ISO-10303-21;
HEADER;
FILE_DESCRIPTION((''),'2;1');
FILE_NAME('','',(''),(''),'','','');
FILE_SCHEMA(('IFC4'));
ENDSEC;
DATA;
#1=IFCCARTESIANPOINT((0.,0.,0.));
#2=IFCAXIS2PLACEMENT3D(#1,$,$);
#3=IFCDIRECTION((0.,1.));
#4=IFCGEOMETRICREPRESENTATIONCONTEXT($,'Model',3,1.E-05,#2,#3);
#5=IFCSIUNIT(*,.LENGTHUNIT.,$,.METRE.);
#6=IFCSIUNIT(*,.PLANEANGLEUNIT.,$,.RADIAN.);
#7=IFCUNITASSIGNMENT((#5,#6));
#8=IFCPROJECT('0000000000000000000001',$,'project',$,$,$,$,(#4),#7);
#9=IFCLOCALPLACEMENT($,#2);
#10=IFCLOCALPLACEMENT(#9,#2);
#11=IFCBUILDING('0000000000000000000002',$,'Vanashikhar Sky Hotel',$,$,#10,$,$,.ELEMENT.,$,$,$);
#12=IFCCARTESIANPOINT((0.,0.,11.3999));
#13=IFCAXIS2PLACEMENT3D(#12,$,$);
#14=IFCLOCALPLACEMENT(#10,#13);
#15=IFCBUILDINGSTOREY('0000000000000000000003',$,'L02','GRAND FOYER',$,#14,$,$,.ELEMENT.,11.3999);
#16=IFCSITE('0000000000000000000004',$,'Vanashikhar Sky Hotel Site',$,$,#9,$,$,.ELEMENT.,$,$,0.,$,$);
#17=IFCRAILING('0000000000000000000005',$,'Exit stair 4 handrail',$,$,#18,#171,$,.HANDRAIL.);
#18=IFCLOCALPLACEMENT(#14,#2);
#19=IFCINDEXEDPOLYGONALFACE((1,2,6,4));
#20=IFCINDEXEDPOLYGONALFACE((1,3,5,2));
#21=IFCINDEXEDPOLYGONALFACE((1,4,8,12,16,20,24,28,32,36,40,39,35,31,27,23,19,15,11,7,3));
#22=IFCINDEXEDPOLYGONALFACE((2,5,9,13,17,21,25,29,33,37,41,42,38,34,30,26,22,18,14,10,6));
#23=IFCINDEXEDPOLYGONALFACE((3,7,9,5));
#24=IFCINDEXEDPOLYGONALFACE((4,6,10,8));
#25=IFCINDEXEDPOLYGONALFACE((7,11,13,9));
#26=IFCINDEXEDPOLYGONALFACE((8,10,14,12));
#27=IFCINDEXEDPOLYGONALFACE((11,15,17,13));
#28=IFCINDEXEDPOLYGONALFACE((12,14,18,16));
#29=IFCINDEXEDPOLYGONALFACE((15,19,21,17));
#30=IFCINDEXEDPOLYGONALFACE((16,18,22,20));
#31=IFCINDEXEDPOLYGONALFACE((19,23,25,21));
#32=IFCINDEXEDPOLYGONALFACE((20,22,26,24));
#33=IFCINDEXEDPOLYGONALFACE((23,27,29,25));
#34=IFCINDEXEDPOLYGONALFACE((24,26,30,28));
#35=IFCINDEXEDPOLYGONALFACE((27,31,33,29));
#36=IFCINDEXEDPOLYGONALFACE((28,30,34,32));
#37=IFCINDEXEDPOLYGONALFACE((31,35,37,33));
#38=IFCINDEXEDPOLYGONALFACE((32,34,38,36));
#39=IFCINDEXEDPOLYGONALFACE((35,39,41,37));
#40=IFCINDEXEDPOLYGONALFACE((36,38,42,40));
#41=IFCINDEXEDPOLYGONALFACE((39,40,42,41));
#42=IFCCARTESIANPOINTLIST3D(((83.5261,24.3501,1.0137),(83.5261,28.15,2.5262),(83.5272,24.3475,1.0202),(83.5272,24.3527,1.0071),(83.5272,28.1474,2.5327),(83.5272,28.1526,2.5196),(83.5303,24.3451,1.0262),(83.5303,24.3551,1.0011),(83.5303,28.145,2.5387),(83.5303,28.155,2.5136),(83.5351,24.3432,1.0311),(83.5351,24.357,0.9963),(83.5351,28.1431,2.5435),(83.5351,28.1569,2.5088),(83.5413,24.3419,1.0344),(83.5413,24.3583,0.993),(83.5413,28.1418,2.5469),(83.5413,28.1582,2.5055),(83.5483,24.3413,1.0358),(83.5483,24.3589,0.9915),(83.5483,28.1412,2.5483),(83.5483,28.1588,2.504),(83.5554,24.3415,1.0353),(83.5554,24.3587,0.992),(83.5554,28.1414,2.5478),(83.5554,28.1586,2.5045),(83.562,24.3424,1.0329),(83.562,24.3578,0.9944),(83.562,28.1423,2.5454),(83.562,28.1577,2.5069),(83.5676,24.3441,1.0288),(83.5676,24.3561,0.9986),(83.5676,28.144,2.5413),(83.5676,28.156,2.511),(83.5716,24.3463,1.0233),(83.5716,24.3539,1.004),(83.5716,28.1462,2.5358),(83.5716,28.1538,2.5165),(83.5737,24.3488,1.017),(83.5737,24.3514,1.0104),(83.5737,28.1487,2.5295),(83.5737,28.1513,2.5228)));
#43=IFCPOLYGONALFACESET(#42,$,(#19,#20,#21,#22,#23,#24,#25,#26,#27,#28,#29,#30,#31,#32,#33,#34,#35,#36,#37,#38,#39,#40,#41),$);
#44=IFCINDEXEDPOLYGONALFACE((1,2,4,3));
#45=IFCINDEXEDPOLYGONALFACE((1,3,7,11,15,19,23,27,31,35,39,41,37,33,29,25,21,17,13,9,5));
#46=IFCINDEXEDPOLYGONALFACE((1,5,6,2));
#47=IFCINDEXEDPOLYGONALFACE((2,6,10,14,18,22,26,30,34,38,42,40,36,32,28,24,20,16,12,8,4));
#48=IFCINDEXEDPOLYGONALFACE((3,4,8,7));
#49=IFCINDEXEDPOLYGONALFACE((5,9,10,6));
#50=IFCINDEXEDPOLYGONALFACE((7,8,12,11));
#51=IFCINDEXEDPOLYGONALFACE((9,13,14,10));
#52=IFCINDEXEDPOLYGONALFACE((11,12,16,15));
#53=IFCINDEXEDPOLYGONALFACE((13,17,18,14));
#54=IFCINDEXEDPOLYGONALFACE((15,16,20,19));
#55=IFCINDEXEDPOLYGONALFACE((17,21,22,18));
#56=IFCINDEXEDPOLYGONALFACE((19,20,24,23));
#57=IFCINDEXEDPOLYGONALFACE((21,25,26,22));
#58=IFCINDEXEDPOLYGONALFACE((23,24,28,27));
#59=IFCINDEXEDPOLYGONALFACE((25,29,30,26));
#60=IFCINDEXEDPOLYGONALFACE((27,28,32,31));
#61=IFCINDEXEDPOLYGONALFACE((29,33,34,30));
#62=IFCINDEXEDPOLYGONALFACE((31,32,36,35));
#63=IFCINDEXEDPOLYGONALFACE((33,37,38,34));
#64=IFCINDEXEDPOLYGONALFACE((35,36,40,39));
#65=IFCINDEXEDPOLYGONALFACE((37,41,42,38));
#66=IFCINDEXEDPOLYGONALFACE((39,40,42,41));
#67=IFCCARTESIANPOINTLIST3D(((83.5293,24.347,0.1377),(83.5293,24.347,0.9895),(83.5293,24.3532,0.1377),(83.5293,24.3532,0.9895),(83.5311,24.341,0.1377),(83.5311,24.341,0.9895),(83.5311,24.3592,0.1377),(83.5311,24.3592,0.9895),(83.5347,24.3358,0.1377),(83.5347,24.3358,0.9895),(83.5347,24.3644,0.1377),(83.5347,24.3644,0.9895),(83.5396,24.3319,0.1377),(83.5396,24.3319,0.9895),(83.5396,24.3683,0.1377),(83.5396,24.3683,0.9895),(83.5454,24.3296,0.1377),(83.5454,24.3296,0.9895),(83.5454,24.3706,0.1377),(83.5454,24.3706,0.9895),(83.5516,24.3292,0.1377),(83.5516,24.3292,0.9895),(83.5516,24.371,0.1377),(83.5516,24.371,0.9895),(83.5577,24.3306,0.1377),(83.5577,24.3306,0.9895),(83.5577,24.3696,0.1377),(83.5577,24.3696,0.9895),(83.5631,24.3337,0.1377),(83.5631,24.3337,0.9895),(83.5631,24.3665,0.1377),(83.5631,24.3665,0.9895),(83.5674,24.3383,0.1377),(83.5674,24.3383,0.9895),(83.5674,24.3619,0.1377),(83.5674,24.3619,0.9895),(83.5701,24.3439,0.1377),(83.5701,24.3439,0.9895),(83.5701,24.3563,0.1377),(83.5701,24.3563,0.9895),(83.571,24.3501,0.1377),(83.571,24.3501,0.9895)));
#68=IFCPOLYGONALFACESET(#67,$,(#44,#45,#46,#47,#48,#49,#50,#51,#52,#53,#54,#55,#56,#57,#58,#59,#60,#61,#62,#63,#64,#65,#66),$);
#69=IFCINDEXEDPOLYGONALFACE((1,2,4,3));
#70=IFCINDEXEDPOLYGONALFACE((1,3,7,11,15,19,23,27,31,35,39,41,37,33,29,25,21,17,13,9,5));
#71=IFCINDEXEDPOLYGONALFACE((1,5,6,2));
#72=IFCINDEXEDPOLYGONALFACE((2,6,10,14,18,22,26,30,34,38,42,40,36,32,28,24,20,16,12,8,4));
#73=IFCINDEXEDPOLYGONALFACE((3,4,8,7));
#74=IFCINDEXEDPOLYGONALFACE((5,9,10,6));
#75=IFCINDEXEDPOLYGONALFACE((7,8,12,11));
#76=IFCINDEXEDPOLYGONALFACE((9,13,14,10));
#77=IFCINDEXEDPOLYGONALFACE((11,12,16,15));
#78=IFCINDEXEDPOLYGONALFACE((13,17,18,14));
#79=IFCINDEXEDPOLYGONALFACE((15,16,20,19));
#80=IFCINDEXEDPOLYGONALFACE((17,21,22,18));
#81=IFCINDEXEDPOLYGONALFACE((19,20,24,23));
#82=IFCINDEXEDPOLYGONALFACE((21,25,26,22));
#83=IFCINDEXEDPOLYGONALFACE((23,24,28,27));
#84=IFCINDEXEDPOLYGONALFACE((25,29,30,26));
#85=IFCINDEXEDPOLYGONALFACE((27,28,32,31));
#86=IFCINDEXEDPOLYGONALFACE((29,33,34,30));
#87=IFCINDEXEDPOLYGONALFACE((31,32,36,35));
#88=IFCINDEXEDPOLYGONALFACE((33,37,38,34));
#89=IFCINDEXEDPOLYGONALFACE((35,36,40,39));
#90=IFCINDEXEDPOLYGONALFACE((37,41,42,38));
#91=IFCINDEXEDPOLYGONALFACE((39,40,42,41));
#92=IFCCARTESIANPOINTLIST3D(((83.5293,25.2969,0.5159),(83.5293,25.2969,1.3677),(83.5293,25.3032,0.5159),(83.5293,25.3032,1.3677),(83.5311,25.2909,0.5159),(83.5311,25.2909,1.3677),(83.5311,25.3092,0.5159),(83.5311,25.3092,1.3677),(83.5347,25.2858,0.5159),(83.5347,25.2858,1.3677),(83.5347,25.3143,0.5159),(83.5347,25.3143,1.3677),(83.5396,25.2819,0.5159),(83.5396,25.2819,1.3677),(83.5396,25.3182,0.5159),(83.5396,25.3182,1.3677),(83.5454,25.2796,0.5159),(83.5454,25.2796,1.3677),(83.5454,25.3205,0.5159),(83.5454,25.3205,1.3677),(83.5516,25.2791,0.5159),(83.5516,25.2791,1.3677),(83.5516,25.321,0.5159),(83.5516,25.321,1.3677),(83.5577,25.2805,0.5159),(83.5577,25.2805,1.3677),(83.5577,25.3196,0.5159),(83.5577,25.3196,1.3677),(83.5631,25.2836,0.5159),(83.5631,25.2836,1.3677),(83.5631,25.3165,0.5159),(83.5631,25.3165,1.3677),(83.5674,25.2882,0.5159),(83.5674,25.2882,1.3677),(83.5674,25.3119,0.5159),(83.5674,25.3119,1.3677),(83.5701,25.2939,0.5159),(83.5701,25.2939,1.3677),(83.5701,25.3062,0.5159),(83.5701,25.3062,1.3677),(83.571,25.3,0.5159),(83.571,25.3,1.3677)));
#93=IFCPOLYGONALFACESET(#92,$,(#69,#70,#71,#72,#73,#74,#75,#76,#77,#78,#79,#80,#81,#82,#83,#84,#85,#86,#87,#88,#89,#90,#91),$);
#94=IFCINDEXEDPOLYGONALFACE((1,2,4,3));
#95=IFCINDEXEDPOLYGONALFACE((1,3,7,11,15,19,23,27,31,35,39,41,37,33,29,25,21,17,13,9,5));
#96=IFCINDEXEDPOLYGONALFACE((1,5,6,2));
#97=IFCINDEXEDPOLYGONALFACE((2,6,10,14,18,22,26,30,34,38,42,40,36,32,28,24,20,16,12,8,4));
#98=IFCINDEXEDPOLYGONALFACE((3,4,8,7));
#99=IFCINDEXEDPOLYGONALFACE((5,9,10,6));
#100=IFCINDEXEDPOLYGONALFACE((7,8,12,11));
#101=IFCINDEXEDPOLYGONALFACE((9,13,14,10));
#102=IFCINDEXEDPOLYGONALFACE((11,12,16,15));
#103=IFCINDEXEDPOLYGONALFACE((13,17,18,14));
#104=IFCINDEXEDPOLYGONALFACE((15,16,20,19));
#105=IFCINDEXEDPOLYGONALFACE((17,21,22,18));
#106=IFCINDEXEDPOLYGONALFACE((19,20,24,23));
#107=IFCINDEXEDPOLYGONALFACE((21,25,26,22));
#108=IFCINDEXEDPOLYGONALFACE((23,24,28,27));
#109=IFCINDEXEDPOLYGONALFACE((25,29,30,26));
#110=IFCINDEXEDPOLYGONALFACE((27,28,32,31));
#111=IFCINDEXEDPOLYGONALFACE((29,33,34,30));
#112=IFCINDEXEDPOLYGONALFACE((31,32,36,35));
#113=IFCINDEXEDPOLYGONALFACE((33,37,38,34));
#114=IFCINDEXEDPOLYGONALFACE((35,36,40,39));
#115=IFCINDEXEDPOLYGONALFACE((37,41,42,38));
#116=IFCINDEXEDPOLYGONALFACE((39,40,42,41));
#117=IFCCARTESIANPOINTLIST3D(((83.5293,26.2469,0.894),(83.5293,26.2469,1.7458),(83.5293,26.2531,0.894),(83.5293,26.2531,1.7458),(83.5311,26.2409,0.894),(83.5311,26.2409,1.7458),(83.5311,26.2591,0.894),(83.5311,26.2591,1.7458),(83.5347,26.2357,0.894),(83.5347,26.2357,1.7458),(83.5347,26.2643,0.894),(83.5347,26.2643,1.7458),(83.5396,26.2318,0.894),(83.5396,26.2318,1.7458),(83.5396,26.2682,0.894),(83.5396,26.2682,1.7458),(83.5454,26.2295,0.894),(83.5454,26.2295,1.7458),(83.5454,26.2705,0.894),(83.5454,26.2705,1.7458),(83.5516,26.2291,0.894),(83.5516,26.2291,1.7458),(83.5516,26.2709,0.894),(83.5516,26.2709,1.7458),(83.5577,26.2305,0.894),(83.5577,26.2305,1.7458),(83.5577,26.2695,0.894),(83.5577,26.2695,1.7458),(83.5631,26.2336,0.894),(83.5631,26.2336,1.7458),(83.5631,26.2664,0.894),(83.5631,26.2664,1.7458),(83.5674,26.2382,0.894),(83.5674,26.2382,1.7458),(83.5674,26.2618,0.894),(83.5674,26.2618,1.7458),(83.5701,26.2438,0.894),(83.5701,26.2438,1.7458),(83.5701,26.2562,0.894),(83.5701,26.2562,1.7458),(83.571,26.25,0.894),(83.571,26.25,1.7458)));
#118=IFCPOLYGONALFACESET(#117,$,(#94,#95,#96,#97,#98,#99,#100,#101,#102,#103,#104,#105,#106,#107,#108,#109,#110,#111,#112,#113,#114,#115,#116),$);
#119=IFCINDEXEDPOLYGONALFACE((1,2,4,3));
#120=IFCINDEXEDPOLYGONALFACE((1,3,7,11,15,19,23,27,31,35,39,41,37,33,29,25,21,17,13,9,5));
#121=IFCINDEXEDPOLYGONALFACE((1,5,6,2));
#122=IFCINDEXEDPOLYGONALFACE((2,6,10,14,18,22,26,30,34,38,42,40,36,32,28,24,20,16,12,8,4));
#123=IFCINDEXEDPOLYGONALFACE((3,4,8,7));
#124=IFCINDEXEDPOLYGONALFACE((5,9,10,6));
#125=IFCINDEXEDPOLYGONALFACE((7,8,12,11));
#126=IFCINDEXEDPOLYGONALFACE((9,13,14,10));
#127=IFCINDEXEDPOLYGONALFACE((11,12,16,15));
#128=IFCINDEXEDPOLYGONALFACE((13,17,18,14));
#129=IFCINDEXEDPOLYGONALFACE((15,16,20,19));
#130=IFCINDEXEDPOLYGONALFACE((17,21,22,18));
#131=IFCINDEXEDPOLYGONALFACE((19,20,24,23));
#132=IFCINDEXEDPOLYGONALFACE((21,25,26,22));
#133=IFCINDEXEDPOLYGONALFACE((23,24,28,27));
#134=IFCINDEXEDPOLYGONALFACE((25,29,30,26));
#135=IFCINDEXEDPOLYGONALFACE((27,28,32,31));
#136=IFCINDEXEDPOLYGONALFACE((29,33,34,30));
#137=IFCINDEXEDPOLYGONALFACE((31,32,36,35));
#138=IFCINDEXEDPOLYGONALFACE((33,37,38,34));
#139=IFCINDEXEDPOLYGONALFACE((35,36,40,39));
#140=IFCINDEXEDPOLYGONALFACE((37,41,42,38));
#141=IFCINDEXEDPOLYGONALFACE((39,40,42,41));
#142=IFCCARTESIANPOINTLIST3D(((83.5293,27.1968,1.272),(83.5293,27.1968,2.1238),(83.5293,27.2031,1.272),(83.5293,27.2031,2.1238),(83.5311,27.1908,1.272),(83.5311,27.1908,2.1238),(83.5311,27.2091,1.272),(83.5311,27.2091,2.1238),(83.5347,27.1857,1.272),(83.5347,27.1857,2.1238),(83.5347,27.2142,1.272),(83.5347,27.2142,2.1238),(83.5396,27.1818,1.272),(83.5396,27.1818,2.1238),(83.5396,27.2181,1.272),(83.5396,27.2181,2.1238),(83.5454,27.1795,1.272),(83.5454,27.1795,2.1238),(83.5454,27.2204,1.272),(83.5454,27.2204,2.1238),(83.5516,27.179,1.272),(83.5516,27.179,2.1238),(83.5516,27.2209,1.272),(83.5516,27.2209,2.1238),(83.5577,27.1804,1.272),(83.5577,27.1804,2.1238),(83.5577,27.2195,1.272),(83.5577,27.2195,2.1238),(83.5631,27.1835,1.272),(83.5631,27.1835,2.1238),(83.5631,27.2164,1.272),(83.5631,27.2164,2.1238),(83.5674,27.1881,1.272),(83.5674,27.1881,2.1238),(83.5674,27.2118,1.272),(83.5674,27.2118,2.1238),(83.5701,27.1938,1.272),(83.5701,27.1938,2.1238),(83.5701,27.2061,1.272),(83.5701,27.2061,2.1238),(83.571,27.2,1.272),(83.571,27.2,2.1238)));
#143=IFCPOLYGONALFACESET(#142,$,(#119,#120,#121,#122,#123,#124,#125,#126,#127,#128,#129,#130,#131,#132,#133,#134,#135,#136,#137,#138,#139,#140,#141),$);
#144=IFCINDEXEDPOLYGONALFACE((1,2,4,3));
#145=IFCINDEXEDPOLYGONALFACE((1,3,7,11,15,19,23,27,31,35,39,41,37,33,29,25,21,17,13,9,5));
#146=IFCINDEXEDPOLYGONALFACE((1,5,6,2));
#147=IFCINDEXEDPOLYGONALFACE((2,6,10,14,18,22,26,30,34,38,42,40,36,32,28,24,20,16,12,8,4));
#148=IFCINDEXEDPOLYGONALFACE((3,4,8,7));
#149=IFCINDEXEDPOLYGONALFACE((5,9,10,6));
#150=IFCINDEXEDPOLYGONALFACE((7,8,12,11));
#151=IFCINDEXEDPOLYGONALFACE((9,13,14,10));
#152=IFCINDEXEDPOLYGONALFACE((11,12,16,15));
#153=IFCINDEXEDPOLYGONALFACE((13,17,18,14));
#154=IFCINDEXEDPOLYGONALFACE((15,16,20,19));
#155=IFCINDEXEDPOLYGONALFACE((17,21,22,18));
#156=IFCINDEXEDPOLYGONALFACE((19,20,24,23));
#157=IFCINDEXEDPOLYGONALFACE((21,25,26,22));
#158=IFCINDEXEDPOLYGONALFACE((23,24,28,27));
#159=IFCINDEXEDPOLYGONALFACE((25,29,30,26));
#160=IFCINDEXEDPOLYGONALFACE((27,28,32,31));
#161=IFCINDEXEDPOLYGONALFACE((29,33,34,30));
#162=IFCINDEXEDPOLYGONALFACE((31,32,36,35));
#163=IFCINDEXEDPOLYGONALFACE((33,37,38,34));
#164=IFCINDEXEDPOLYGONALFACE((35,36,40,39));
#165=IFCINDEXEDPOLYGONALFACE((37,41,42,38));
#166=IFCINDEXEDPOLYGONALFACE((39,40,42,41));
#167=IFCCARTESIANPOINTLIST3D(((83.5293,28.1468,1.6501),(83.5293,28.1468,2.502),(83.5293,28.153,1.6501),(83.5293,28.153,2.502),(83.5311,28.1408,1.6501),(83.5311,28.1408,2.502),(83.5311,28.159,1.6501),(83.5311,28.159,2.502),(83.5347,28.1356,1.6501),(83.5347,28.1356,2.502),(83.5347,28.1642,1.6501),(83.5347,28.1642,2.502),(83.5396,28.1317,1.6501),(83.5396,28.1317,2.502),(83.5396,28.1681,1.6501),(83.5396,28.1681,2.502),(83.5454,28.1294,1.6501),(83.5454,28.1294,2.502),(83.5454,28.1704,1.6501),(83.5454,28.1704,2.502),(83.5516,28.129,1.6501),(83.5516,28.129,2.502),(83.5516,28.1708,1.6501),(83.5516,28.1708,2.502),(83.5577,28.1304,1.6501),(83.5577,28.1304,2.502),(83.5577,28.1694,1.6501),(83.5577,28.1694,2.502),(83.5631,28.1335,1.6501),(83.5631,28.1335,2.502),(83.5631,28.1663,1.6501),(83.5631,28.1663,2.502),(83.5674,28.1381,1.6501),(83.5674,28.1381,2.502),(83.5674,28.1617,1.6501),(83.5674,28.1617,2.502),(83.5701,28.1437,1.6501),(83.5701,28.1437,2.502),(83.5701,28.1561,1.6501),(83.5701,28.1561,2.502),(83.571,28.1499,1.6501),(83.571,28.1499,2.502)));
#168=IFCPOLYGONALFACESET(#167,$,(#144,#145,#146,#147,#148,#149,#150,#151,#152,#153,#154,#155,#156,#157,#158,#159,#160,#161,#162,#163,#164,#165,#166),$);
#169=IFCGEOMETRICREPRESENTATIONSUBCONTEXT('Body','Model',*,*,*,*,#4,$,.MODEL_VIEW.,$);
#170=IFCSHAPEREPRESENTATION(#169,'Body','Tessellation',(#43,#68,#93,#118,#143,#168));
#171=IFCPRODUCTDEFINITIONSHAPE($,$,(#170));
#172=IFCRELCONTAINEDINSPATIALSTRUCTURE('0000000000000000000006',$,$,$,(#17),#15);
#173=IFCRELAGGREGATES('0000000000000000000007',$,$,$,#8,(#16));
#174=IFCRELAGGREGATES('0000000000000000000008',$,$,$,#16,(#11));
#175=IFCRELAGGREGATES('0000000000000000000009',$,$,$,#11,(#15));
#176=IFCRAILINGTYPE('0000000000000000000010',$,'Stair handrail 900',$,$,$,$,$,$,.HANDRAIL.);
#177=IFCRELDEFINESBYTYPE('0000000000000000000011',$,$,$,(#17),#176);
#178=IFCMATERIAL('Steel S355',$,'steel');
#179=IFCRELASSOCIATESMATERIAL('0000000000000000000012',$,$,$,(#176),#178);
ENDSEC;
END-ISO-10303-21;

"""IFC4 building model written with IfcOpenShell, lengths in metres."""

from ifc_helpers import new_model, si_unit, direction, frame, origin, origin_2d, place, context, subcontext, project, spatial, circle, extrude, source, transform, mapped, material, type_object, element, save


model = new_model("IFC4")

# Units and contexts
model_context = context("Model", 3, precision=1e-05, world=origin(), true_north=direction((0.0, 1.0)))
body_context = subcontext(model_context, "Body", "Model", "MODEL_VIEW")
ifc_project = project(units=[si_unit("LENGTHUNIT", "METRE"), si_unit("PLANEANGLEUNIT", "RADIAN")], contexts=[model_context])

# Site, building, storey
site_placement = place(None, origin())
site = spatial("IfcSite", under=ifc_project, at=site_placement, Name="Vanashikhar Sky Hotel Site", CompositionType="ELEMENT", RefElevation=0.0)
building_placement = place(site_placement, origin())
building = spatial("IfcBuilding", under=site, at=building_placement, Name="Vanashikhar Sky Hotel", CompositionType="ELEMENT")
storey_placement = place(building_placement, frame((0.0, 0.0, 11.3999)))
storey = spatial("IfcBuildingStorey", under=building, at=storey_placement, Name="L02", Description="GRAND FOYER", CompositionType="ELEMENT", Elevation=11.3999)

# Railing
ifc_material_1 = material(Name="Steel S355", Category="steel")
railing_type = type_object("IfcRailingType", Name="Stair handrail 900", PredefinedType="HANDRAIL", material=ifc_material_1)
shared_shape_1 = source(origin(), body_context, "Body", "SweptSolid", [
    extrude(circle(Radius=0.0239, at=origin_2d()), frame((0.0, 0.0, 0.876), z_axis=(0.0, 0.929105, 0.369815), x_axis=(-1.0, 0.0, 0.0)), (0.0, 0.0, 1.0), 4.0898),
    extrude(circle(Radius=0.021, at=origin_2d()), origin(), (0.0, 0.0, 1.0), 0.8518),
    extrude(circle(Radius=0.021, at=origin_2d()), frame((0.0, 0.95, 0.3782)), (0.0, 0.0, 1.0), 0.8518),
    extrude(circle(Radius=0.021, at=origin_2d()), frame((0.0, 1.8999, 0.7563)), (0.0, 0.0, 1.0), 0.8518),
    extrude(circle(Radius=0.021, at=origin_2d()), frame((0.0, 2.8499, 1.1343)), (0.0, 0.0, 1.0), 0.8518),
    extrude(circle(Radius=0.021, at=origin_2d()), frame((0.0, 3.7998, 1.5125)), (0.0, 0.0, 1.0), 0.8518),
])
railing_1_placement = place(storey_placement, frame((83.55, 24.3501, 0.1377)))
element("IfcRailing", 1, at=railing_1_placement, inside=storey, type_object=railing_type, Name="Exit stair 4 handrail", PredefinedType="HANDRAIL", context=body_context, shape_type="MappedRepresentation", body=[
    mapped(shared_shape_1, transform((0.0, 0.0, 0.0), scale=1.0)),
])

save(model, "model.ifc")
